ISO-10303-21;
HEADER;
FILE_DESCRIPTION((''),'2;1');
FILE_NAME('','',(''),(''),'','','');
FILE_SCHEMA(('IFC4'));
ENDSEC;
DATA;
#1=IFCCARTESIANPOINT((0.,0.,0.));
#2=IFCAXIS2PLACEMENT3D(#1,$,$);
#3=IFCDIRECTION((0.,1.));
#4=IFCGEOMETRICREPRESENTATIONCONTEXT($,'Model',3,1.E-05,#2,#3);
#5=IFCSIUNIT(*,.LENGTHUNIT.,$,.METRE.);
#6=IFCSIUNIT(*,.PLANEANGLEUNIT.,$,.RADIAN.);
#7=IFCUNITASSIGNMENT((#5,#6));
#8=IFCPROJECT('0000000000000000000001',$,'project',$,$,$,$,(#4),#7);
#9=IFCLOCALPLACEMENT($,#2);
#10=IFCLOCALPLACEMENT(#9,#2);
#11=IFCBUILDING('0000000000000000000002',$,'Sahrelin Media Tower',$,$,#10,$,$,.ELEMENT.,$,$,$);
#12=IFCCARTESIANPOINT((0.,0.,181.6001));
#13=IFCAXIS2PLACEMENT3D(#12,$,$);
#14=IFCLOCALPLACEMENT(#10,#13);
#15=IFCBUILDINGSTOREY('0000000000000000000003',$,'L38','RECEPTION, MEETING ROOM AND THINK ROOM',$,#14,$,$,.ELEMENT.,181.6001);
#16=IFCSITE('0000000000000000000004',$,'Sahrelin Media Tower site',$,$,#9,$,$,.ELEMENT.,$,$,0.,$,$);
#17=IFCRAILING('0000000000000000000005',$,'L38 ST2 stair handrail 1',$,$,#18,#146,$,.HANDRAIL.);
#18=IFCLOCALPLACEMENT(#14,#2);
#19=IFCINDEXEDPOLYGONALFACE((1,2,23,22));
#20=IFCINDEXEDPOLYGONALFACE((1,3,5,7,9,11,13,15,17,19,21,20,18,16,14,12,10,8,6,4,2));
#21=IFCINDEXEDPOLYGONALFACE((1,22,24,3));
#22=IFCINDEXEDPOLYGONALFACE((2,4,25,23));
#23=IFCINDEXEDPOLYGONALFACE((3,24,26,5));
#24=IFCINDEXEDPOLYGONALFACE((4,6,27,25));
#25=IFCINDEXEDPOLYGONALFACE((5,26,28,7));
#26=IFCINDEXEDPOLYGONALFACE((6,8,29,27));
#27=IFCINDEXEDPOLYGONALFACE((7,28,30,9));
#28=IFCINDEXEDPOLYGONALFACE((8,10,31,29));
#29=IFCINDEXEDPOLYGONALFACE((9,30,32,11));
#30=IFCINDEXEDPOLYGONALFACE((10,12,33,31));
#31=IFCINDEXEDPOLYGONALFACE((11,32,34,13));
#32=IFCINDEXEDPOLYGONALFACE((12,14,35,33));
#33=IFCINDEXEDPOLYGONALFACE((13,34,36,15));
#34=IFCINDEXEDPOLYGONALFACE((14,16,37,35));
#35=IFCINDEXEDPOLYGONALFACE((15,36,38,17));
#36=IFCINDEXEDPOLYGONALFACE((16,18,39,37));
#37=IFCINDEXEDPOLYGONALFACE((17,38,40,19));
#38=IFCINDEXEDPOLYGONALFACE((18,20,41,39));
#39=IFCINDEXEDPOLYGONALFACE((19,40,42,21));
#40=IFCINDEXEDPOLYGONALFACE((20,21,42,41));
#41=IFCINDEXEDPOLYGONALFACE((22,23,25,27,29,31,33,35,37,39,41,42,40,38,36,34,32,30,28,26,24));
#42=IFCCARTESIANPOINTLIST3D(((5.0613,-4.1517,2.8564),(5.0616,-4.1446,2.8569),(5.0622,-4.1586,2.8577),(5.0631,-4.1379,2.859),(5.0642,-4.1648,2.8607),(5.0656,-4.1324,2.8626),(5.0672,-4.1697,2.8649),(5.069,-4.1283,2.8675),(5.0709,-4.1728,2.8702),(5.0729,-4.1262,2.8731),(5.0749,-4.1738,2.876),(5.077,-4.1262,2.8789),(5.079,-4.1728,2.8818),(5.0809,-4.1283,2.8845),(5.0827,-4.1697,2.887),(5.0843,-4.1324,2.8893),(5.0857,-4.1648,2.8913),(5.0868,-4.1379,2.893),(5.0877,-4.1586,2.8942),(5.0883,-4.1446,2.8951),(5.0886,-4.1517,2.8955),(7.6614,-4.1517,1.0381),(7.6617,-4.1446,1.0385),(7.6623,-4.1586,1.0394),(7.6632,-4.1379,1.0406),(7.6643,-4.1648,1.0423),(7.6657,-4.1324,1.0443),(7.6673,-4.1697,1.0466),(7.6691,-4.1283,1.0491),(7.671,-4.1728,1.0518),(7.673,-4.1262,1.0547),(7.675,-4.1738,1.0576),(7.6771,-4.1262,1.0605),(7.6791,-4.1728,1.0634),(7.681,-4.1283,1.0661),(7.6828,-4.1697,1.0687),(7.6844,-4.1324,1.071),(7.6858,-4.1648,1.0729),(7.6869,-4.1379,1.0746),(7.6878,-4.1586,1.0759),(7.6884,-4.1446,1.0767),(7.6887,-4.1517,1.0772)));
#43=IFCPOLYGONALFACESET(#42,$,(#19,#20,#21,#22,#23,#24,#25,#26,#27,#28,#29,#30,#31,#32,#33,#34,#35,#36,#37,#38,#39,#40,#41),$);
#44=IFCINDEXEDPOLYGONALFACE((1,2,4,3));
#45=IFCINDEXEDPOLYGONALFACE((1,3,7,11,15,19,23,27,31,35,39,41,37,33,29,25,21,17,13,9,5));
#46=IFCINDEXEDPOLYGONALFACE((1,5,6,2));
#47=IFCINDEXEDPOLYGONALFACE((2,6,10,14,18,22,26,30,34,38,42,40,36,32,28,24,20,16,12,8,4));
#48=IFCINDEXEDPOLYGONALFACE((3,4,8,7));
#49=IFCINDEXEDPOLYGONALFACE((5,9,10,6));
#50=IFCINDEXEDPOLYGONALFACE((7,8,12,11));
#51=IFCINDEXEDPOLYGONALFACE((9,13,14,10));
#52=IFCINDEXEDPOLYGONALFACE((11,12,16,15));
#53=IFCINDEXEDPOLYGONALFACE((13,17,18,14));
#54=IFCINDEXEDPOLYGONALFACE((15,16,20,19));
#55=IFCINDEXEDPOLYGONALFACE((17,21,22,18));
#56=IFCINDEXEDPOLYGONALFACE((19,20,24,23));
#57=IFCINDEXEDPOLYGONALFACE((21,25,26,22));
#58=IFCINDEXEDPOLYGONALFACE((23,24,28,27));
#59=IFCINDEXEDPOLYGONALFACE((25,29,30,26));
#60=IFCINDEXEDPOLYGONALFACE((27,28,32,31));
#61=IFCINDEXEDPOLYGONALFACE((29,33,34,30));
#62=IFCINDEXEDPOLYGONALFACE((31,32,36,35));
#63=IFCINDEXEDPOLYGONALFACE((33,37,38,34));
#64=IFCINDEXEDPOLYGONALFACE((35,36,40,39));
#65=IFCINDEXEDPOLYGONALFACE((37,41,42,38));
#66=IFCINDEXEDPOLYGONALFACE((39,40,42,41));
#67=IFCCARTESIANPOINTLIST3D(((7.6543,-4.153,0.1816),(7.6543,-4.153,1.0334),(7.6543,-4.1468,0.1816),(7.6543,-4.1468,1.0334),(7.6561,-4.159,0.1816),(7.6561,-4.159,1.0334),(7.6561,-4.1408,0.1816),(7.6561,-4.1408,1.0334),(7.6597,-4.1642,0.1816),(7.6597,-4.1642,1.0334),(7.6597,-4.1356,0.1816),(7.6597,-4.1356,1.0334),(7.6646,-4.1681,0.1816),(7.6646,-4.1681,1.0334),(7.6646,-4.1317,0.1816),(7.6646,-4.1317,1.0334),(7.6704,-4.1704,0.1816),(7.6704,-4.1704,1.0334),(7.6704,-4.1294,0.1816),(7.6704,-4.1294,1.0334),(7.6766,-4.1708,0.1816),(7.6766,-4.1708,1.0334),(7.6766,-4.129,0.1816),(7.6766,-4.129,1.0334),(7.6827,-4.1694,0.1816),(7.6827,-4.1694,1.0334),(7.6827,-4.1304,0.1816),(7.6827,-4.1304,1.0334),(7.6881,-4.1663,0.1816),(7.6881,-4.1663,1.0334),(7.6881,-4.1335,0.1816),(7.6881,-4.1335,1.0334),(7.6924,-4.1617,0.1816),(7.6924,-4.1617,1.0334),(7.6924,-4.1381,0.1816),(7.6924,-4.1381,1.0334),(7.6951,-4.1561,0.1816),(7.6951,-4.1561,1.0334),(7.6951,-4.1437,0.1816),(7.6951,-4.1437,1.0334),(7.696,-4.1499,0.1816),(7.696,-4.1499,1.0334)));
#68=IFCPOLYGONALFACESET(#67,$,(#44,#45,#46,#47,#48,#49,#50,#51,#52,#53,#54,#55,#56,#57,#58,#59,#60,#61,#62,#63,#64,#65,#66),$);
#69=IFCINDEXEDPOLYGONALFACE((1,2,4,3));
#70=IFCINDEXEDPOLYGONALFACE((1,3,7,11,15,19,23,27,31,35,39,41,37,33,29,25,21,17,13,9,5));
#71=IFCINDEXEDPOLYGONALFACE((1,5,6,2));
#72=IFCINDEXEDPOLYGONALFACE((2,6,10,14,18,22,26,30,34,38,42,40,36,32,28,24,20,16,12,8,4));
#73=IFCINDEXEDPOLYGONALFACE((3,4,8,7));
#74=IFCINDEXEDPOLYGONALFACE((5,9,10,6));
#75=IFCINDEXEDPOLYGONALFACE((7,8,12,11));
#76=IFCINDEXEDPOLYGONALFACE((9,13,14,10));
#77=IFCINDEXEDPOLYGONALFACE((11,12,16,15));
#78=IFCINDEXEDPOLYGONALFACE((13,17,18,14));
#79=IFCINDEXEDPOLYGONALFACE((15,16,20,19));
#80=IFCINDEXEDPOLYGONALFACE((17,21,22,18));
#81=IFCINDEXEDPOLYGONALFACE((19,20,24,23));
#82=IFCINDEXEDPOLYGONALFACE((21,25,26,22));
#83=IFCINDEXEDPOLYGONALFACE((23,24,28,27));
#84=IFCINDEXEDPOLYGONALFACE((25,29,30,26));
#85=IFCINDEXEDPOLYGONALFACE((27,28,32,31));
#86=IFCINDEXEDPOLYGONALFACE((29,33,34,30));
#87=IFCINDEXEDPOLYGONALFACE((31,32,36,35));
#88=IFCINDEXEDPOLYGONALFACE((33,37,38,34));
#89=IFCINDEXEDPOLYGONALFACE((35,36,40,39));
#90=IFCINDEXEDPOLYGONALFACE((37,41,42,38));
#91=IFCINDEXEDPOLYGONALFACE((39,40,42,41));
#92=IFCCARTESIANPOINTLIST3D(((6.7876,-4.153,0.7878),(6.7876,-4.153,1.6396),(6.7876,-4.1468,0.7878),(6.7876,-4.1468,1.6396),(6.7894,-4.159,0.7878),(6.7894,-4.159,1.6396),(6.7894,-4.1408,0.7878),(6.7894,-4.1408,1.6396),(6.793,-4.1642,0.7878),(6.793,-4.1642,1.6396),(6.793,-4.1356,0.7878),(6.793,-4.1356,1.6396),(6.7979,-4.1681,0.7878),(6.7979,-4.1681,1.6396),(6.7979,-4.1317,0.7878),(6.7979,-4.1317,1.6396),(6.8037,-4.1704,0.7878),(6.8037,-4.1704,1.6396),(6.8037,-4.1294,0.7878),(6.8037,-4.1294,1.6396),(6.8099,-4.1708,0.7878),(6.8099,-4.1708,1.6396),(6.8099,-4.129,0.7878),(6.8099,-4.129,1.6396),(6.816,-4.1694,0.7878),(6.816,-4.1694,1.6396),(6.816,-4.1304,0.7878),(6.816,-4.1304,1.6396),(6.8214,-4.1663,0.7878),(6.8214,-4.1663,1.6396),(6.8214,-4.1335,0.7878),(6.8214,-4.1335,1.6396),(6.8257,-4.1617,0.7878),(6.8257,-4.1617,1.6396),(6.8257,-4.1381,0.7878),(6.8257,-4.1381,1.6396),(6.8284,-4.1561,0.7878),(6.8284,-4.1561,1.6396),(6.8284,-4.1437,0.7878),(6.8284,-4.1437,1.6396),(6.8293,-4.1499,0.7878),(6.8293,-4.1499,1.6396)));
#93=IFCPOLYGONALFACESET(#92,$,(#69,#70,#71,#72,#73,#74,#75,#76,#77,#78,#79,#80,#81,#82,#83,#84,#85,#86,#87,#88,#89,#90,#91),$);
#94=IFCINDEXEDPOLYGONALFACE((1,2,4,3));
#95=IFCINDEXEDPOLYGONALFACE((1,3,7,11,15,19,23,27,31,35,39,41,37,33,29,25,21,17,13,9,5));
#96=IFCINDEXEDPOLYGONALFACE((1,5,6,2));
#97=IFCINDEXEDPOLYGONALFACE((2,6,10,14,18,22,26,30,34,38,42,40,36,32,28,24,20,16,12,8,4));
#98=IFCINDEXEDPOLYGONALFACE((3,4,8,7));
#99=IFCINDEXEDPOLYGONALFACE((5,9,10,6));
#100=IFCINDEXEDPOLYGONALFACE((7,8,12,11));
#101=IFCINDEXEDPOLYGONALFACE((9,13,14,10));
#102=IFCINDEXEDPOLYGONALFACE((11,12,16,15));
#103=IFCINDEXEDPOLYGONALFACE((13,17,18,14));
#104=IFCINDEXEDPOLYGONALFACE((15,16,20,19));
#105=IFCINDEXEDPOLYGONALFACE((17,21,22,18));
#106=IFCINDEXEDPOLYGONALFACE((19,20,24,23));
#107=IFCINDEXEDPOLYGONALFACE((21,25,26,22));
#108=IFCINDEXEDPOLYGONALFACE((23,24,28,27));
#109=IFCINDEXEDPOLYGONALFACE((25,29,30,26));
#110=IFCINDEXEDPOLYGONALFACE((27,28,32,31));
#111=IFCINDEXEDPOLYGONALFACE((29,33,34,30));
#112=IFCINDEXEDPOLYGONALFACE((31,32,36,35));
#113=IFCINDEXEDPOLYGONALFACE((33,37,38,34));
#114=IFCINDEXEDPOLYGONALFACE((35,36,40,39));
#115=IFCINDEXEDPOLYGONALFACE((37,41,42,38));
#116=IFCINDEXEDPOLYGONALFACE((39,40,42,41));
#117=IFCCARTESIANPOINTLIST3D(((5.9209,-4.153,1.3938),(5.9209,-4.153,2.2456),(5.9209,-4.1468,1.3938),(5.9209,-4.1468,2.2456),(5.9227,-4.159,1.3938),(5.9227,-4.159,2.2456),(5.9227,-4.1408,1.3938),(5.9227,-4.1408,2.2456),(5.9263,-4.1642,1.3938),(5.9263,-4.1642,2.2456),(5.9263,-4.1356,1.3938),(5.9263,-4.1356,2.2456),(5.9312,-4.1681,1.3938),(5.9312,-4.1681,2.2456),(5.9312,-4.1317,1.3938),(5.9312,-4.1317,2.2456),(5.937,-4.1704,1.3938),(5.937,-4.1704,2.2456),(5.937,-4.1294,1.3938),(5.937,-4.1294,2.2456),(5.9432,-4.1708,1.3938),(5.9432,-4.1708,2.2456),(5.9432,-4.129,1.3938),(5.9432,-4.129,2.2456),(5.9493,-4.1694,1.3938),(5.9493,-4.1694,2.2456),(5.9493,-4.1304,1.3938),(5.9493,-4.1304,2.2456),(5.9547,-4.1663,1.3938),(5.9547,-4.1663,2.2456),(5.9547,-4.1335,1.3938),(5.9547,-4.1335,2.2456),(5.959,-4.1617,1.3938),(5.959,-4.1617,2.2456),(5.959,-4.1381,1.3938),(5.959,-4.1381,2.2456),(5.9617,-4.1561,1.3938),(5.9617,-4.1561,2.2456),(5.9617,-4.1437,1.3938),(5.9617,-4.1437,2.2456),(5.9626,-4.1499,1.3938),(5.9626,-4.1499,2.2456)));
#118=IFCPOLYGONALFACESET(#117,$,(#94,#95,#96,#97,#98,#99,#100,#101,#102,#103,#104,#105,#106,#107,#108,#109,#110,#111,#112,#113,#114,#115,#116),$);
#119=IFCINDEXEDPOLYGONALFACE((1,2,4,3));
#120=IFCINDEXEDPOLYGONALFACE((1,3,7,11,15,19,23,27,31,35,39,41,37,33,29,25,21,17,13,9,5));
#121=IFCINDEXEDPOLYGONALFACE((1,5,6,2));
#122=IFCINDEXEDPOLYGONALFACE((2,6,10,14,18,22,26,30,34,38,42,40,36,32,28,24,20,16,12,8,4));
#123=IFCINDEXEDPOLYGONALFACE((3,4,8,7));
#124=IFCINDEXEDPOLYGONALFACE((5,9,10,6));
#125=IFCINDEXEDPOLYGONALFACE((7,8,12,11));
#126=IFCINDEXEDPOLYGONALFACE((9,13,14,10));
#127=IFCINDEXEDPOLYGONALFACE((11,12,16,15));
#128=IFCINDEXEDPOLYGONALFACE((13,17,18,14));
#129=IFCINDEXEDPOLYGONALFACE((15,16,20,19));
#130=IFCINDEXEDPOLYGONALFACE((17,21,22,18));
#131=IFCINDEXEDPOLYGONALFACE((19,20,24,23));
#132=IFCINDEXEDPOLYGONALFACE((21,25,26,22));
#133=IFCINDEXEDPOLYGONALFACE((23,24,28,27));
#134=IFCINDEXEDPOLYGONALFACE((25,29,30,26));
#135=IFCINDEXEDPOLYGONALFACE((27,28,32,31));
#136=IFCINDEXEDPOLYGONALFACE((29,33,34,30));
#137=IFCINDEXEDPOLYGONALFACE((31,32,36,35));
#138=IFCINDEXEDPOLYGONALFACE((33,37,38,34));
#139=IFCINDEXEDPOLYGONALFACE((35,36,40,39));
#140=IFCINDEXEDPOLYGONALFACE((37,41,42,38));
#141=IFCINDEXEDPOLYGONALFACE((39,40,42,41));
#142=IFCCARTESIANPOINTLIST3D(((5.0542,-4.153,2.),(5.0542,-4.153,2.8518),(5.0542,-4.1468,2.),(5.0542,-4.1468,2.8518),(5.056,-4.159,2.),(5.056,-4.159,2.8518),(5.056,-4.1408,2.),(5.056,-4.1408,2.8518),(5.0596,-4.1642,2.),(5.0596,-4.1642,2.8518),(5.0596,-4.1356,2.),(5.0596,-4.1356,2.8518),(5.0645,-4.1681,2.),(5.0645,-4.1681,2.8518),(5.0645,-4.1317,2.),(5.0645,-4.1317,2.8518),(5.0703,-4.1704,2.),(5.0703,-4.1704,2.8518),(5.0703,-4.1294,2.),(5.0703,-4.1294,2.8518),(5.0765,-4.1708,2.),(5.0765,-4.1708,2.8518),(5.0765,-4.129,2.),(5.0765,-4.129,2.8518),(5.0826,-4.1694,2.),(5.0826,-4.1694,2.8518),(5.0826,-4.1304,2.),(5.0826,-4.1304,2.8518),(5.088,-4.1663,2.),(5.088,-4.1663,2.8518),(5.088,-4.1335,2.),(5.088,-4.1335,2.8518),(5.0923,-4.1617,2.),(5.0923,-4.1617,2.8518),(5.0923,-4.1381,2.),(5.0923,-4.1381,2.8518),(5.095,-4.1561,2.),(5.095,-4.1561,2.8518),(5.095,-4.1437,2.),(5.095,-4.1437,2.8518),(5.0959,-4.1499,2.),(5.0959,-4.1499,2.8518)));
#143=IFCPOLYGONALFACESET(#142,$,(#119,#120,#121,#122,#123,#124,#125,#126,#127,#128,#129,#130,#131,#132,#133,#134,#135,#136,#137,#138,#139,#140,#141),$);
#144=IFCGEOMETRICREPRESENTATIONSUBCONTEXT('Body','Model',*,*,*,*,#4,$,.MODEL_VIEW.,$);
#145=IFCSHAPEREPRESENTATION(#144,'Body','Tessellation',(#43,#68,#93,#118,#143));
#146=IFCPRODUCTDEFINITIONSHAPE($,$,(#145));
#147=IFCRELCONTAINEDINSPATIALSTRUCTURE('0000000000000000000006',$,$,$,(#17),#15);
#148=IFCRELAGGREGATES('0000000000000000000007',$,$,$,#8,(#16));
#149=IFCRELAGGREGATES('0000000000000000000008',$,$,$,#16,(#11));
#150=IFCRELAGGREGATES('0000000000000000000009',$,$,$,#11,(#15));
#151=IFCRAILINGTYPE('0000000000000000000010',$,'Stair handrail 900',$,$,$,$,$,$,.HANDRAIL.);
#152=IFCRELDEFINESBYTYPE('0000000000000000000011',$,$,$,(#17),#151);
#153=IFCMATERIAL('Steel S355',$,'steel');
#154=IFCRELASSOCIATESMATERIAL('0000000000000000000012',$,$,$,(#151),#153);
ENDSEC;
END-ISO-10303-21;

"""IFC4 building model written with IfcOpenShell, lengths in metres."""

from ifc_helpers import new_model, si_unit, direction, frame, origin, origin_2d, place, context, subcontext, project, spatial, circle, extrude, material, type_object, element, save


model = new_model("IFC4")

# Units and contexts
model_context = context("Model", 3, precision=1e-05, world=origin(), true_north=direction((0.0, 1.0)))
body_context = subcontext(model_context, "Body", "Model", "MODEL_VIEW")
ifc_project = project(units=[si_unit("LENGTHUNIT", "METRE"), si_unit("PLANEANGLEUNIT", "RADIAN")], contexts=[model_context])

# Site, building, storey
site_placement = place(None, origin())
site = spatial("IfcSite", under=ifc_project, at=site_placement, Name="Sahrelin Media Tower site", CompositionType="ELEMENT", RefElevation=0.0)
building_placement = place(site_placement, origin())
building = spatial("IfcBuilding", under=site, at=building_placement, Name="Sahrelin Media Tower", CompositionType="ELEMENT")
storey_placement = place(building_placement, frame((0.0, 0.0, 181.6001)))
storey = spatial("IfcBuildingStorey", under=building, at=storey_placement, Name="L38", Description="RECEPTION, MEETING ROOM AND THINK ROOM", CompositionType="ELEMENT", Elevation=181.6001)

# Railing
ifc_material_1 = material(Name="Steel S355", Category="steel")
railing_type_1 = type_object("IfcRailingType", Name="Stair handrail 900", PredefinedType="HANDRAIL", material=ifc_material_1)
railing_1_placement = place(storey_placement, frame((7.675, -4.1499, 0.1816)))
element("IfcRailing", 1, at=railing_1_placement, inside=storey, type_object=railing_type_1, Name="L38 ST2 stair handrail 1", PredefinedType="HANDRAIL", context=body_context, shape_type="SweptSolid", body=[
    extrude(circle(Radius=0.0239, at=origin_2d()), frame((0.0, 0.0, 0.876), z_axis=(-0.819485, 0.0, 0.573101), x_axis=(0.0, -1.0, 0.0)), (0.0, 0.0, 1.0), 3.1729),
    extrude(circle(Radius=0.021, at=origin_2d()), origin(), (0.0, 0.0, 1.0), 0.8518),
    extrude(circle(Radius=0.021, at=origin_2d()), frame((-0.8667, 0.0, 0.6062)), (0.0, 0.0, 1.0), 0.8518),
    extrude(circle(Radius=0.021, at=origin_2d()), frame((-1.7334, 0.0, 1.2122)), (0.0, 0.0, 1.0), 0.8518),
    extrude(circle(Radius=0.021, at=origin_2d()), frame((-2.6001, 0.0, 1.8184)), (0.0, 0.0, 1.0), 0.8518),
])

save(model, "model.ifc")
